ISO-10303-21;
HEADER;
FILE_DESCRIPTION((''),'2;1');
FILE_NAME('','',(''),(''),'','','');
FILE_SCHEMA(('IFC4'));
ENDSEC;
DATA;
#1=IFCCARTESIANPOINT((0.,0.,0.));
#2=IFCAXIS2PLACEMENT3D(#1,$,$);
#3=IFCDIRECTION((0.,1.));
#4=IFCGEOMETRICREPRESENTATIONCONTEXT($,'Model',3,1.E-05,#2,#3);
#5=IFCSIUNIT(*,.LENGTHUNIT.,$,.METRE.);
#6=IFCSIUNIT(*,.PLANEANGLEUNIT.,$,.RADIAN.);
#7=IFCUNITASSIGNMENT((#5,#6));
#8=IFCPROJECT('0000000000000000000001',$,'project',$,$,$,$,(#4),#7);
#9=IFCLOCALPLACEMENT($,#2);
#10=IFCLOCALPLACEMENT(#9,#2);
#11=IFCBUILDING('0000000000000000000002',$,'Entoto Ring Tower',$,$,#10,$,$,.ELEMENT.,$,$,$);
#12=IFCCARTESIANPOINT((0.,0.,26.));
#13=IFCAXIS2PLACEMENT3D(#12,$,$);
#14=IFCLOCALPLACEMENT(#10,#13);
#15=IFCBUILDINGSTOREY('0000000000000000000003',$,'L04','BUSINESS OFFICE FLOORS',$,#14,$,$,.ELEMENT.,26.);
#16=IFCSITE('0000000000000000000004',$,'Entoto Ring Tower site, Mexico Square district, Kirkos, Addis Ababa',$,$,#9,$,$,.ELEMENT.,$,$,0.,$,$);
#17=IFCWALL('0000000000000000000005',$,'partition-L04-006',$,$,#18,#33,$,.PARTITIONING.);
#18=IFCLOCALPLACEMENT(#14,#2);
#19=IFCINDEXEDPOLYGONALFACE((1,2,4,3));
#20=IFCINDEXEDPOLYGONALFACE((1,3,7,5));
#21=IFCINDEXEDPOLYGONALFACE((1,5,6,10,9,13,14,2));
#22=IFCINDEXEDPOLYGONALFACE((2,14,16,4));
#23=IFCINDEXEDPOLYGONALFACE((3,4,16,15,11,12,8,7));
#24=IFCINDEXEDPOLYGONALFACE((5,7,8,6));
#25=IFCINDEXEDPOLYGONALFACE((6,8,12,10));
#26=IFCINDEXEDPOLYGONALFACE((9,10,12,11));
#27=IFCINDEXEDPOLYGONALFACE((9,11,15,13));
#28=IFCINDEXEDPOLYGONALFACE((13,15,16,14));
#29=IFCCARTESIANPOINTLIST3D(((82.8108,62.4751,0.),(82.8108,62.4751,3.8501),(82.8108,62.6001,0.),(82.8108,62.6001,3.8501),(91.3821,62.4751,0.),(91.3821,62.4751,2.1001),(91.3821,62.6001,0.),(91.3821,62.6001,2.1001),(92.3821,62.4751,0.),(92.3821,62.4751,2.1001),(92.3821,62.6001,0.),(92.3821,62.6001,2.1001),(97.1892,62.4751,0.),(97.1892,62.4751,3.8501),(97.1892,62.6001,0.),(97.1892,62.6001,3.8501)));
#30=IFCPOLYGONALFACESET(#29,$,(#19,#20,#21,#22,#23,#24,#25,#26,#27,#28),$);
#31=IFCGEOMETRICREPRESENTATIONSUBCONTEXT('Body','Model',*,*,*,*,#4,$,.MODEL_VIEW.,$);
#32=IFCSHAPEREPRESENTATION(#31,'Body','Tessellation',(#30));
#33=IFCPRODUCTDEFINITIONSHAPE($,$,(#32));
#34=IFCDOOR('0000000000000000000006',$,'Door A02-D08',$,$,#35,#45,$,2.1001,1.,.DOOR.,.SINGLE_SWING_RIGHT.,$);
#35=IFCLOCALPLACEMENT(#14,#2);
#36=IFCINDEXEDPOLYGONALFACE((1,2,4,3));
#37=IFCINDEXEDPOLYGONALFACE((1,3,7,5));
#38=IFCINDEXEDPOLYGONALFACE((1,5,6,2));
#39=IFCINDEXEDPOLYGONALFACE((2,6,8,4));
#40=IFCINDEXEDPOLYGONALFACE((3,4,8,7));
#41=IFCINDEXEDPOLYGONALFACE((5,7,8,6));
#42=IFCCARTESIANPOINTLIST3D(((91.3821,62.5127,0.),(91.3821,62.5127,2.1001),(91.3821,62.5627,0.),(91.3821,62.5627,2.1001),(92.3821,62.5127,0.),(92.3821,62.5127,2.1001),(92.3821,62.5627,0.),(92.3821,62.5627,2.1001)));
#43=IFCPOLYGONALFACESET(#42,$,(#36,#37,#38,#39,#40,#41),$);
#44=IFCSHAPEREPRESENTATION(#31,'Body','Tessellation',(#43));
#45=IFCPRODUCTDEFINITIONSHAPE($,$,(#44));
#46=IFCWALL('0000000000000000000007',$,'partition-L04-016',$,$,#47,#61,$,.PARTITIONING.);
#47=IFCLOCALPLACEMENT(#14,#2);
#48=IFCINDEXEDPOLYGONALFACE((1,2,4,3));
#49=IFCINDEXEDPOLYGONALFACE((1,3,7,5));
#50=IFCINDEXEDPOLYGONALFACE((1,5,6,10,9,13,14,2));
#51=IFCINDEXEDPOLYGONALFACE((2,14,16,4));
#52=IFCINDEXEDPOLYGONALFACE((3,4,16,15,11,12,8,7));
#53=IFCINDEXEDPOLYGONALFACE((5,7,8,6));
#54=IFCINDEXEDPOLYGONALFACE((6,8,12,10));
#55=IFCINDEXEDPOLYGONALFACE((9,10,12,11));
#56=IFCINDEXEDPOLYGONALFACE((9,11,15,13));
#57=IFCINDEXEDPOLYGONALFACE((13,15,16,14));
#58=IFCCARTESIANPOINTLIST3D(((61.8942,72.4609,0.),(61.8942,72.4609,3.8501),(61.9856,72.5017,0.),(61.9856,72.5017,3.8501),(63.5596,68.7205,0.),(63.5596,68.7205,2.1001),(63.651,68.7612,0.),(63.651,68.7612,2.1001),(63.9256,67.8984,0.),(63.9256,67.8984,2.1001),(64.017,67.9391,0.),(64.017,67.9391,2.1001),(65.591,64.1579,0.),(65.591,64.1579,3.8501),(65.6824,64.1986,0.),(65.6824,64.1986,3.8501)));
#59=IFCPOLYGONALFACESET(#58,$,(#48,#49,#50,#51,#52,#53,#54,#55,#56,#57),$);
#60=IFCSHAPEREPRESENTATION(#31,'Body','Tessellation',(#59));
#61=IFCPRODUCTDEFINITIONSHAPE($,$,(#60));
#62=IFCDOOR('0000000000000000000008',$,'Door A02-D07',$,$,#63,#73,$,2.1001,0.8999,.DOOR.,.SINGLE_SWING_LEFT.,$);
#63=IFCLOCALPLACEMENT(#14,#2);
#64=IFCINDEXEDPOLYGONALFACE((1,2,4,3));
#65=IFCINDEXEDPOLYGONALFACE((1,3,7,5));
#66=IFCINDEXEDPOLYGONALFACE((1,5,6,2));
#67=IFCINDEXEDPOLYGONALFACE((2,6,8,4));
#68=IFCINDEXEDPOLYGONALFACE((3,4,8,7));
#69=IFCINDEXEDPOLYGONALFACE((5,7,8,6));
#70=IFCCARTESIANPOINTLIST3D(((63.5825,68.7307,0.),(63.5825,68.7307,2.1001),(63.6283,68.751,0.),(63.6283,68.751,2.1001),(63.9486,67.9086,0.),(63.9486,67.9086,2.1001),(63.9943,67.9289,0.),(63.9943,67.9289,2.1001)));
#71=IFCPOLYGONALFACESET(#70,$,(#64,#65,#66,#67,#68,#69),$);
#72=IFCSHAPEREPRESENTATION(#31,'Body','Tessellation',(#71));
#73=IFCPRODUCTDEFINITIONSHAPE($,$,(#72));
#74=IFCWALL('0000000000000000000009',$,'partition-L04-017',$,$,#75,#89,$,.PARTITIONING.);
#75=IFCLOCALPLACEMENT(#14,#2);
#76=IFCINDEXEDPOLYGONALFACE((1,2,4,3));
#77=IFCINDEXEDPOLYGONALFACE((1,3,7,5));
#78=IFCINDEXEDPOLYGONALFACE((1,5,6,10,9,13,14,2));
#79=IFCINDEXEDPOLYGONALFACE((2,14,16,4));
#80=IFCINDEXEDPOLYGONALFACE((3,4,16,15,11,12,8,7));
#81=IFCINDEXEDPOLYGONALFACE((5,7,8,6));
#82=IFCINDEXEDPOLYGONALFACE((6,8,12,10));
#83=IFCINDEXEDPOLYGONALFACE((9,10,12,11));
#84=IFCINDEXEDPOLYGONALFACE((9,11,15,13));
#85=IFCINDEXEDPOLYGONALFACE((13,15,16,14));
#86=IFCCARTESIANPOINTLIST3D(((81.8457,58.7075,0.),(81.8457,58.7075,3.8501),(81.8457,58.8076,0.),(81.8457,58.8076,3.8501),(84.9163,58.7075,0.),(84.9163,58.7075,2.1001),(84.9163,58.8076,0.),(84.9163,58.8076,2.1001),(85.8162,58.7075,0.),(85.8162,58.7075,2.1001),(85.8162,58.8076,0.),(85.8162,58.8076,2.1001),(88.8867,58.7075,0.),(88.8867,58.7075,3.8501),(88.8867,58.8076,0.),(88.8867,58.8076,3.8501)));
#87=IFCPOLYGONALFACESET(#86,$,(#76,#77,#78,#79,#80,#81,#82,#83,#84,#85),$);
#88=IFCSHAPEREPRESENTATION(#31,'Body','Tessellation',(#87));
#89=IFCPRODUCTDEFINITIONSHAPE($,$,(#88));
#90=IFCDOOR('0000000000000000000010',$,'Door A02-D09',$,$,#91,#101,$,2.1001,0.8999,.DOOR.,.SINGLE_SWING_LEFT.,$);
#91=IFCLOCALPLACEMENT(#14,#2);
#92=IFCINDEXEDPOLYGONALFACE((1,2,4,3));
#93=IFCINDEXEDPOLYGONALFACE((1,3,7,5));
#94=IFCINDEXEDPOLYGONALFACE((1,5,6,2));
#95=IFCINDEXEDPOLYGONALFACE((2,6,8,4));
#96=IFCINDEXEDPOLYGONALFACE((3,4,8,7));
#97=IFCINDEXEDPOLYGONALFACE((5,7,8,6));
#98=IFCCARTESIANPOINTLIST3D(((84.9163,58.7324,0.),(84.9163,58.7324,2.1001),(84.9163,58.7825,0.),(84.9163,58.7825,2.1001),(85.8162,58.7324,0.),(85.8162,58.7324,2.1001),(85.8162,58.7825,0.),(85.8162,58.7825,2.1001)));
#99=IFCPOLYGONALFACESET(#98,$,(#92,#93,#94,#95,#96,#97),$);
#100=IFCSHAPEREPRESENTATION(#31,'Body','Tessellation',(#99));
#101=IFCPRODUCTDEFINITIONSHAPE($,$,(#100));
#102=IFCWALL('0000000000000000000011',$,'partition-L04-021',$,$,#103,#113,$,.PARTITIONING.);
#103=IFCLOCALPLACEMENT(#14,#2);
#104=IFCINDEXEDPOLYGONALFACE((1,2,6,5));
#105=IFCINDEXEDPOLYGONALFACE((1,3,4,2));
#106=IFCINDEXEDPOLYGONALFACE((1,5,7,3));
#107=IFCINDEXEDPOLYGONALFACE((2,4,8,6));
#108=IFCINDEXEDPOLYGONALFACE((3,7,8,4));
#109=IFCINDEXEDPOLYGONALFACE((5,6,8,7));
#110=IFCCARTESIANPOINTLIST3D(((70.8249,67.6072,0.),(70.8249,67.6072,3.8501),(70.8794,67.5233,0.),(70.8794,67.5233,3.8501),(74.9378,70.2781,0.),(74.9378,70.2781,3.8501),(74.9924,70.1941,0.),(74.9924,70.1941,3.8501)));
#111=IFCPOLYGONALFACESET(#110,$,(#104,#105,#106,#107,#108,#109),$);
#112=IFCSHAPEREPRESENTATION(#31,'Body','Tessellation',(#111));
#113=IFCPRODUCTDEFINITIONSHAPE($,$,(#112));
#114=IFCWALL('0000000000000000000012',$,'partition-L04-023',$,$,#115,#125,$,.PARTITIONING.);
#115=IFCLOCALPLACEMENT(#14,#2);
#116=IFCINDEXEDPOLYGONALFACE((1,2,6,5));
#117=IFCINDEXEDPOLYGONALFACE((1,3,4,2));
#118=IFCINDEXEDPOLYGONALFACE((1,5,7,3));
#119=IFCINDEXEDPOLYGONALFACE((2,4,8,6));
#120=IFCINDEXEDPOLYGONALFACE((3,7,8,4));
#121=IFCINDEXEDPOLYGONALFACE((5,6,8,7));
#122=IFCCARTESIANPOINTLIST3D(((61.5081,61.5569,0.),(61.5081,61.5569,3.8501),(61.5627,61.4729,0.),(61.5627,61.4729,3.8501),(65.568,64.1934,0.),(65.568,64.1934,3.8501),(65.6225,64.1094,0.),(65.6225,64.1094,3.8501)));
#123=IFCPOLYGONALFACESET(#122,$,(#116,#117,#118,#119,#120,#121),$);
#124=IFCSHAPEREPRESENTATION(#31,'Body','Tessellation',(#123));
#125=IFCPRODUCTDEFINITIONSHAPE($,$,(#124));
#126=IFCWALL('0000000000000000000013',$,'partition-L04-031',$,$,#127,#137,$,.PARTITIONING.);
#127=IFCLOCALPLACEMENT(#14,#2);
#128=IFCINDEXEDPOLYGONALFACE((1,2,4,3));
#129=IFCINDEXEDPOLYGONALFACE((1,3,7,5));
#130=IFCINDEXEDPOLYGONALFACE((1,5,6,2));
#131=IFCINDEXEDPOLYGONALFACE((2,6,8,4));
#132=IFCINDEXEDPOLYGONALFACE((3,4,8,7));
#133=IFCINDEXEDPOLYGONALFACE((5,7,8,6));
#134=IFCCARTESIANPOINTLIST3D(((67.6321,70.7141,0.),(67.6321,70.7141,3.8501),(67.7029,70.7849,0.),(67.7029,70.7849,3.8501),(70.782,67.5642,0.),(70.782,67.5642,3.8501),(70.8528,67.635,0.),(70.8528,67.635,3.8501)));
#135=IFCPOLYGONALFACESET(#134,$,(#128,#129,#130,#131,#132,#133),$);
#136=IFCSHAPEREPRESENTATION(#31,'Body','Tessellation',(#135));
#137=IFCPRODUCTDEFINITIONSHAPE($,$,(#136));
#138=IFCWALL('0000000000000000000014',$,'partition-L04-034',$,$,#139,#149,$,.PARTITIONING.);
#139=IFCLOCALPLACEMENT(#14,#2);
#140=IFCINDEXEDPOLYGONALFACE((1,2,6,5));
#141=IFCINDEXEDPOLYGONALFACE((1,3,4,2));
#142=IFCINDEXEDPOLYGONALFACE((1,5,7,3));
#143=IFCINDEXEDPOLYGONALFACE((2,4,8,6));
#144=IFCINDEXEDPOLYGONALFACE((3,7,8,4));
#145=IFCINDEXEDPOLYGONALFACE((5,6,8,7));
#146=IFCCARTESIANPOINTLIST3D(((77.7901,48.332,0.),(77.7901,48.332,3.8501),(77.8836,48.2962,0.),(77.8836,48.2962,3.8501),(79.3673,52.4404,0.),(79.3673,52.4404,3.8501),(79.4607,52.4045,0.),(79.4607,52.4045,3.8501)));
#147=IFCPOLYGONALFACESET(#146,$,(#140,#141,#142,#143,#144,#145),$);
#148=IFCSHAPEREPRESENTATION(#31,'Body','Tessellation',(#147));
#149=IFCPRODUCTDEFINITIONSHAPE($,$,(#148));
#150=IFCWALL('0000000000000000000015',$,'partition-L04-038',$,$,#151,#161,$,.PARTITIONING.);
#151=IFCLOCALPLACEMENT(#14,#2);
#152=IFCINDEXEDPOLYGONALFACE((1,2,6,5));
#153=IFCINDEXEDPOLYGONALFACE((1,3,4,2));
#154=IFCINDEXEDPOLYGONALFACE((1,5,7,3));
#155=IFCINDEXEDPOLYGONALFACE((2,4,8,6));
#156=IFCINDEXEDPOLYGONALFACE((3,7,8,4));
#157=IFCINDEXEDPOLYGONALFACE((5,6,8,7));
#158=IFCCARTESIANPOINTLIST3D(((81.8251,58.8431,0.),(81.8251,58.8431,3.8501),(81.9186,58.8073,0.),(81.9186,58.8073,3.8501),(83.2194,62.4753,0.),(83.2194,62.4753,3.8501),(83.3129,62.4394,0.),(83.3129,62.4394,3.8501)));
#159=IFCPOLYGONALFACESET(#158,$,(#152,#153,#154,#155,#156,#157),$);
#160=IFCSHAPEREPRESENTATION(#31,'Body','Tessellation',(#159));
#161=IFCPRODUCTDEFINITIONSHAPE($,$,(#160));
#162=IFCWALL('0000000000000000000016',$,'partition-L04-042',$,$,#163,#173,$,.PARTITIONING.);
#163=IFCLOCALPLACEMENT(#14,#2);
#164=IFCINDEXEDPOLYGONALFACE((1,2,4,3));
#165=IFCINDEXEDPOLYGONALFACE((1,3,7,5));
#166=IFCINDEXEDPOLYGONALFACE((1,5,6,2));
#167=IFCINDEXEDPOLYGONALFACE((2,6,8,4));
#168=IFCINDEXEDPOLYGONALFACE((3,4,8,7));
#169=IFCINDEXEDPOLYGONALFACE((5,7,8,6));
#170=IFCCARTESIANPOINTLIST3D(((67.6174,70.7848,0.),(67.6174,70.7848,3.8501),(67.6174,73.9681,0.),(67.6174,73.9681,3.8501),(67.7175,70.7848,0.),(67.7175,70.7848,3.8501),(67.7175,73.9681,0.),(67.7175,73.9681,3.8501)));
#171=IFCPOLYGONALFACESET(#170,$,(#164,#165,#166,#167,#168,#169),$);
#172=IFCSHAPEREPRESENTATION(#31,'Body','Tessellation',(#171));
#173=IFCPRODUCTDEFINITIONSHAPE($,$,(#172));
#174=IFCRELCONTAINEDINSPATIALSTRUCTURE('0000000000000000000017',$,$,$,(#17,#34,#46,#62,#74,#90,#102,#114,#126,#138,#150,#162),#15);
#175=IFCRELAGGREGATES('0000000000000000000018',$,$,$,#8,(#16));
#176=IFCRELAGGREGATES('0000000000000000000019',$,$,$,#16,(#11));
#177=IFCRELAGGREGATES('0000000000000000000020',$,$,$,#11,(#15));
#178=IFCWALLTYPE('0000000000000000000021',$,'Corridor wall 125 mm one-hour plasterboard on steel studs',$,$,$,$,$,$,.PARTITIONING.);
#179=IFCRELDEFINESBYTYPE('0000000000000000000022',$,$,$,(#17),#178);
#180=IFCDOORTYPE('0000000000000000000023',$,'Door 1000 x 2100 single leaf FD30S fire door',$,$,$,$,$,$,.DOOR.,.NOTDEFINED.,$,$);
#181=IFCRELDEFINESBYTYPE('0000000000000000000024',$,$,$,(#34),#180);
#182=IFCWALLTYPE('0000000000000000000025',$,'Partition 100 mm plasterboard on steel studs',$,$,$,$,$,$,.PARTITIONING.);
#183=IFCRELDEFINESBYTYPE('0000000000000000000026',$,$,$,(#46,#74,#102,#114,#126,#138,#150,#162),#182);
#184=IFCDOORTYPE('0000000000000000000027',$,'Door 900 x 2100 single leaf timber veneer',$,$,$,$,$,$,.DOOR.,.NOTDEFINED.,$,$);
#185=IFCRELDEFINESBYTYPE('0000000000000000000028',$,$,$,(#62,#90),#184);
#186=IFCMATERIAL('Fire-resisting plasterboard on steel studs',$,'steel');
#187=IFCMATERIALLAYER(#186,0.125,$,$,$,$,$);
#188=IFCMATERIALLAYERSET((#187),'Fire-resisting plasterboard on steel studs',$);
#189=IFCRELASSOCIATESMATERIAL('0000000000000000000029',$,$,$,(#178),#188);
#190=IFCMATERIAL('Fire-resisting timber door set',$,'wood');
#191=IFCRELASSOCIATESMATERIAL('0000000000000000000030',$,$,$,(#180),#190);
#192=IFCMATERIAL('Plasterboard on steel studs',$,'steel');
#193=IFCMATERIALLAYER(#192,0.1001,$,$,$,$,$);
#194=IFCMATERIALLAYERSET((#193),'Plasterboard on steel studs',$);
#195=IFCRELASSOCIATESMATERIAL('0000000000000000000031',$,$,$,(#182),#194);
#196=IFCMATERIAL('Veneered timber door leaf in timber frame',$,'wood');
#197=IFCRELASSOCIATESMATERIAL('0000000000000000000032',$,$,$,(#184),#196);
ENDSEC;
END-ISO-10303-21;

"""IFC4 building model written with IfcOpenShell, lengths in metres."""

from ifc_helpers import new_model, si_unit, direction, frame, frame_2d, origin, place, context, subcontext, project, spatial, rectangle, extrude, material, layer, layer_set, type_object, element, fill, save


model = new_model("IFC4")

# Units and contexts
model_context = context("Model", 3, precision=1e-05, world=origin(), true_north=direction((0.0, 1.0)))
body_context = subcontext(model_context, "Body", "Model", "MODEL_VIEW")
ifc_project = project(units=[si_unit("LENGTHUNIT", "METRE"), si_unit("PLANEANGLEUNIT", "RADIAN")], contexts=[model_context])

# Site, building, storey
site_placement = place(None, origin())
site = spatial("IfcSite", under=ifc_project, at=site_placement, Name="Entoto Ring Tower site, Mexico Square district, Kirkos, Addis Ababa", CompositionType="ELEMENT", RefElevation=0.0)
building_placement = place(site_placement, origin())
building = spatial("IfcBuilding", under=site, at=building_placement, Name="Entoto Ring Tower", CompositionType="ELEMENT")
storey_placement = place(building_placement, frame((0.0, 0.0, 26.0)))
storey = spatial("IfcBuildingStorey", under=building, at=storey_placement, Name="L04", Description="BUSINESS OFFICE FLOORS", CompositionType="ELEMENT", Elevation=26.0)

# Shared definitions
ifc_material_1 = material(Name="Fire-resisting plasterboard on steel studs", Category="steel")
ifc_layer_1 = layer(ifc_material_1, 0.125)
ifc_layer_set_1 = layer_set([ifc_layer_1], Name="Fire-resisting plasterboard on steel studs")
wall_type_1 = type_object("IfcWallType", Name="Corridor wall 125 mm one-hour plasterboard on steel studs", PredefinedType="PARTITIONING", material=ifc_layer_set_1)

# Walls, openings, doors
wall_1_placement = place(storey_placement, frame((82.8108, 62.5376, 0.0), z_axis=(0.0, 0.0, 1.0), x_axis=(1.0, 0.0, 0.0)))
wall_1 = element("IfcWall", 1, at=wall_1_placement, inside=storey, type_object=wall_type_1, Name="partition-L04-006", PredefinedType="PARTITIONING", context=body_context, shape_type="SweptSolid", body=[
    extrude(rectangle(XDim=14.3784, YDim=0.125, at=frame_2d((7.1892, 0.0))), origin(), (0.0, 0.0, 1.0), 3.8501),
])
opening_1_placement = place(wall_1_placement, frame((8.5713, 0.0, 0.0)))
opening_1 = element("IfcOpeningElement", 2, at=opening_1_placement, cuts=wall_1, PredefinedType="OPENING", context=body_context, shape_type="SweptSolid", body=[
    extrude(rectangle(XDim=1.0, YDim=2.1001, at=frame_2d((0.5, 1.05))), frame((0.0, 0.0725, 0.0), z_axis=(0.0, -1.0, 0.0), x_axis=(1.0, 0.0, 0.0)), (0.0, 0.0, 1.0), 0.145),
])
ifc_material_2 = material(Name="Fire-resisting timber door set", Category="wood")
door_type_1 = type_object("IfcDoorType", Name="Door 1000 x 2100 single leaf FD30S fire door", OperationType="NOTDEFINED", PredefinedType="DOOR", material=ifc_material_2)
door_1_placement = place(opening_1_placement, frame((1.0, 0.0, 0.0), z_axis=(0.0, 0.0, 1.0), x_axis=(-1.0, 0.0, 0.0)))
door_1 = element("IfcDoor", 3, at=door_1_placement, inside=storey, type_object=door_type_1, Name="Door A02-D08", OperationType="SINGLE_SWING_RIGHT", OverallHeight=2.1001, OverallWidth=1.0, PredefinedType="DOOR", context=body_context, shape_type="SweptSolid", body=[
    extrude(rectangle(XDim=1.0, YDim=2.1001, at=frame_2d((0.5, 1.05))), frame((0.0, 0.0249, 0.0), z_axis=(0.0, -1.0, 0.0), x_axis=(1.0, 0.0, 0.0)), (0.0, 0.0, 1.0), 0.05),
])
fill(opening_1, door_1)
ifc_material_3 = material(Name="Plasterboard on steel studs", Category="steel")
ifc_layer_2 = layer(ifc_material_3, 0.1001)
ifc_layer_set_2 = layer_set([ifc_layer_2], Name="Plasterboard on steel studs")
wall_type_2 = type_object("IfcWallType", Name="Partition 100 mm plasterboard on steel studs", PredefinedType="PARTITIONING", material=ifc_layer_set_2)
wall_2_placement = place(storey_placement, frame((65.6367, 64.1782, 0.0), z_axis=(0.0, 0.0, 1.0), x_axis=(-0.406742, 0.913543, 0.0)))
wall_2 = element("IfcWall", 4, at=wall_2_placement, inside=storey, type_object=wall_type_2, Name="partition-L04-016", PredefinedType="PARTITIONING", context=body_context, shape_type="SweptSolid", body=[
    extrude(rectangle(XDim=9.0889, YDim=0.1001, at=frame_2d((4.5444, 0.0))), origin(), (0.0, 0.0, 1.0), 3.8501),
])
opening_2_placement = place(wall_2_placement, frame((4.0945, 0.0, 0.0)))
opening_2 = element("IfcOpeningElement", 5, at=opening_2_placement, cuts=wall_2, PredefinedType="OPENING", context=body_context, shape_type="SweptSolid", body=[
    extrude(rectangle(XDim=0.8999, YDim=2.1001, at=frame_2d((0.45, 1.05))), frame((0.0, 0.0601, 0.0), z_axis=(0.0, -1.0, 0.0), x_axis=(1.0, 0.0, 0.0)), (0.0, 0.0, 1.0), 0.1201),
])
ifc_material_4 = material(Name="Veneered timber door leaf in timber frame", Category="wood")
door_type_2 = type_object("IfcDoorType", Name="Door 900 x 2100 single leaf timber veneer", OperationType="NOTDEFINED", PredefinedType="DOOR", material=ifc_material_4)
door_2_placement = place(opening_2_placement, origin())
door_2 = element("IfcDoor", 6, at=door_2_placement, inside=storey, type_object=door_type_2, Name="Door A02-D07", OperationType="SINGLE_SWING_LEFT", OverallHeight=2.1001, OverallWidth=0.8999, PredefinedType="DOOR", context=body_context, shape_type="SweptSolid", body=[
    extrude(rectangle(XDim=0.8999, YDim=2.1001, at=frame_2d((0.45, 1.05))), frame((0.0, 0.0249, 0.0), z_axis=(0.0, -1.0, 0.0), x_axis=(1.0, 0.0, 0.0)), (0.0, 0.0, 1.0), 0.05),
])
fill(opening_2, door_2)
wall_3_placement = place(storey_placement, frame((81.8457, 58.7576, 0.0), z_axis=(0.0, 0.0, 1.0), x_axis=(1.0, 0.0, 0.0)))
wall_3 = element("IfcWall", 7, at=wall_3_placement, inside=storey, type_object=wall_type_2, Name="partition-L04-017", PredefinedType="PARTITIONING", context=body_context, shape_type="SweptSolid", body=[
    extrude(rectangle(XDim=7.041, YDim=0.1001, at=frame_2d((3.5205, 0.0))), origin(), (0.0, 0.0, 1.0), 3.8501),
])
opening_3_placement = place(wall_3_placement, frame((3.0706, 0.0, 0.0)))
opening_3 = element("IfcOpeningElement", 8, at=opening_3_placement, cuts=wall_3, PredefinedType="OPENING", context=body_context, shape_type="SweptSolid", body=[
    extrude(rectangle(XDim=0.8999, YDim=2.1001, at=frame_2d((0.45, 1.05))), frame((0.0, 0.0601, 0.0), z_axis=(0.0, -1.0, 0.0), x_axis=(1.0, 0.0, 0.0)), (0.0, 0.0, 1.0), 0.1201),
])
door_3_placement = place(opening_3_placement, origin())
door_3 = element("IfcDoor", 9, at=door_3_placement, inside=storey, type_object=door_type_2, Name="Door A02-D09", OperationType="SINGLE_SWING_LEFT", OverallHeight=2.1001, OverallWidth=0.8999, PredefinedType="DOOR", context=body_context, shape_type="SweptSolid", body=[
    extrude(rectangle(XDim=0.8999, YDim=2.1001, at=frame_2d((0.45, 1.05))), frame((0.0, 0.0249, 0.0), z_axis=(0.0, -1.0, 0.0), x_axis=(1.0, 0.0, 0.0)), (0.0, 0.0, 1.0), 0.05),
])
fill(opening_3, door_3)

# Walls
wall_4_placement = place(storey_placement, frame((70.8521, 67.5652, 0.0), z_axis=(0.0, 0.0, 1.0), x_axis=(0.838684, 0.544619, 0.0)))
element("IfcWall", 10, at=wall_4_placement, inside=storey, type_object=wall_type_2, Name="partition-L04-021", PredefinedType="PARTITIONING", context=body_context, shape_type="SweptSolid", body=[
    extrude(rectangle(XDim=4.9041, YDim=0.1001, at=frame_2d((2.4521, 0.0))), origin(), (0.0, 0.0, 1.0), 3.8501),
])
wall_5_placement = place(storey_placement, frame((61.5354, 61.5149, 0.0), z_axis=(0.0, 0.0, 1.0), x_axis=(0.838671, 0.544639, 0.0)))
element("IfcWall", 11, at=wall_5_placement, inside=storey, type_object=wall_type_2, Name="partition-L04-023", PredefinedType="PARTITIONING", context=body_context, shape_type="SweptSolid", body=[
    extrude(rectangle(XDim=4.8408, YDim=0.1001, at=frame_2d((2.4204, 0.0))), origin(), (0.0, 0.0, 1.0), 3.8501),
])
wall_6_placement = place(storey_placement, frame((70.8174, 67.5996, 0.0), z_axis=(0.0, 0.0, 1.0), x_axis=(-0.707107, 0.707107, 0.0)))
element("IfcWall", 12, at=wall_6_placement, inside=storey, type_object=wall_type_2, Name="partition-L04-031", PredefinedType="PARTITIONING", context=body_context, shape_type="SweptSolid", body=[
    extrude(rectangle(XDim=4.4546, YDim=0.1001, at=frame_2d((2.2273, 0.0))), origin(), (0.0, 0.0, 1.0), 3.8501),
])
wall_7_placement = place(storey_placement, frame((77.8369, 48.3142, 0.0), z_axis=(0.0, 0.0, 1.0), x_axis=(0.358384, 0.933574, 0.0)))
element("IfcWall", 13, at=wall_7_placement, inside=storey, type_object=wall_type_2, Name="partition-L04-034", PredefinedType="PARTITIONING", context=body_context, shape_type="SweptSolid", body=[
    extrude(rectangle(XDim=4.4006, YDim=0.1001, at=frame_2d((2.2002, 0.0))), origin(), (0.0, 0.0, 1.0), 3.8501),
])
wall_8_placement = place(storey_placement, frame((81.8718, 58.8252, 0.0), z_axis=(0.0, 0.0, 1.0), x_axis=(0.358382, 0.933575, 0.0)))
element("IfcWall", 14, at=wall_8_placement, inside=storey, type_object=wall_type_2, Name="partition-L04-038", PredefinedType="PARTITIONING", context=body_context, shape_type="SweptSolid", body=[
    extrude(rectangle(XDim=3.8906, YDim=0.1001, at=frame_2d((1.9453, 0.0))), origin(), (0.0, 0.0, 1.0), 3.8501),
])
wall_9_placement = place(storey_placement, frame((67.6675, 70.7847, 0.0), z_axis=(0.0, 0.0, 1.0), x_axis=(0.0, 1.0, 0.0)))
element("IfcWall", 15, at=wall_9_placement, inside=storey, type_object=wall_type_2, Name="partition-L04-042", PredefinedType="PARTITIONING", context=body_context, shape_type="SweptSolid", body=[
    extrude(rectangle(XDim=3.1833, YDim=0.1001, at=frame_2d((1.5918, 0.0))), origin(), (0.0, 0.0, 1.0), 3.8501),
])

save(model, "model.ifc")
